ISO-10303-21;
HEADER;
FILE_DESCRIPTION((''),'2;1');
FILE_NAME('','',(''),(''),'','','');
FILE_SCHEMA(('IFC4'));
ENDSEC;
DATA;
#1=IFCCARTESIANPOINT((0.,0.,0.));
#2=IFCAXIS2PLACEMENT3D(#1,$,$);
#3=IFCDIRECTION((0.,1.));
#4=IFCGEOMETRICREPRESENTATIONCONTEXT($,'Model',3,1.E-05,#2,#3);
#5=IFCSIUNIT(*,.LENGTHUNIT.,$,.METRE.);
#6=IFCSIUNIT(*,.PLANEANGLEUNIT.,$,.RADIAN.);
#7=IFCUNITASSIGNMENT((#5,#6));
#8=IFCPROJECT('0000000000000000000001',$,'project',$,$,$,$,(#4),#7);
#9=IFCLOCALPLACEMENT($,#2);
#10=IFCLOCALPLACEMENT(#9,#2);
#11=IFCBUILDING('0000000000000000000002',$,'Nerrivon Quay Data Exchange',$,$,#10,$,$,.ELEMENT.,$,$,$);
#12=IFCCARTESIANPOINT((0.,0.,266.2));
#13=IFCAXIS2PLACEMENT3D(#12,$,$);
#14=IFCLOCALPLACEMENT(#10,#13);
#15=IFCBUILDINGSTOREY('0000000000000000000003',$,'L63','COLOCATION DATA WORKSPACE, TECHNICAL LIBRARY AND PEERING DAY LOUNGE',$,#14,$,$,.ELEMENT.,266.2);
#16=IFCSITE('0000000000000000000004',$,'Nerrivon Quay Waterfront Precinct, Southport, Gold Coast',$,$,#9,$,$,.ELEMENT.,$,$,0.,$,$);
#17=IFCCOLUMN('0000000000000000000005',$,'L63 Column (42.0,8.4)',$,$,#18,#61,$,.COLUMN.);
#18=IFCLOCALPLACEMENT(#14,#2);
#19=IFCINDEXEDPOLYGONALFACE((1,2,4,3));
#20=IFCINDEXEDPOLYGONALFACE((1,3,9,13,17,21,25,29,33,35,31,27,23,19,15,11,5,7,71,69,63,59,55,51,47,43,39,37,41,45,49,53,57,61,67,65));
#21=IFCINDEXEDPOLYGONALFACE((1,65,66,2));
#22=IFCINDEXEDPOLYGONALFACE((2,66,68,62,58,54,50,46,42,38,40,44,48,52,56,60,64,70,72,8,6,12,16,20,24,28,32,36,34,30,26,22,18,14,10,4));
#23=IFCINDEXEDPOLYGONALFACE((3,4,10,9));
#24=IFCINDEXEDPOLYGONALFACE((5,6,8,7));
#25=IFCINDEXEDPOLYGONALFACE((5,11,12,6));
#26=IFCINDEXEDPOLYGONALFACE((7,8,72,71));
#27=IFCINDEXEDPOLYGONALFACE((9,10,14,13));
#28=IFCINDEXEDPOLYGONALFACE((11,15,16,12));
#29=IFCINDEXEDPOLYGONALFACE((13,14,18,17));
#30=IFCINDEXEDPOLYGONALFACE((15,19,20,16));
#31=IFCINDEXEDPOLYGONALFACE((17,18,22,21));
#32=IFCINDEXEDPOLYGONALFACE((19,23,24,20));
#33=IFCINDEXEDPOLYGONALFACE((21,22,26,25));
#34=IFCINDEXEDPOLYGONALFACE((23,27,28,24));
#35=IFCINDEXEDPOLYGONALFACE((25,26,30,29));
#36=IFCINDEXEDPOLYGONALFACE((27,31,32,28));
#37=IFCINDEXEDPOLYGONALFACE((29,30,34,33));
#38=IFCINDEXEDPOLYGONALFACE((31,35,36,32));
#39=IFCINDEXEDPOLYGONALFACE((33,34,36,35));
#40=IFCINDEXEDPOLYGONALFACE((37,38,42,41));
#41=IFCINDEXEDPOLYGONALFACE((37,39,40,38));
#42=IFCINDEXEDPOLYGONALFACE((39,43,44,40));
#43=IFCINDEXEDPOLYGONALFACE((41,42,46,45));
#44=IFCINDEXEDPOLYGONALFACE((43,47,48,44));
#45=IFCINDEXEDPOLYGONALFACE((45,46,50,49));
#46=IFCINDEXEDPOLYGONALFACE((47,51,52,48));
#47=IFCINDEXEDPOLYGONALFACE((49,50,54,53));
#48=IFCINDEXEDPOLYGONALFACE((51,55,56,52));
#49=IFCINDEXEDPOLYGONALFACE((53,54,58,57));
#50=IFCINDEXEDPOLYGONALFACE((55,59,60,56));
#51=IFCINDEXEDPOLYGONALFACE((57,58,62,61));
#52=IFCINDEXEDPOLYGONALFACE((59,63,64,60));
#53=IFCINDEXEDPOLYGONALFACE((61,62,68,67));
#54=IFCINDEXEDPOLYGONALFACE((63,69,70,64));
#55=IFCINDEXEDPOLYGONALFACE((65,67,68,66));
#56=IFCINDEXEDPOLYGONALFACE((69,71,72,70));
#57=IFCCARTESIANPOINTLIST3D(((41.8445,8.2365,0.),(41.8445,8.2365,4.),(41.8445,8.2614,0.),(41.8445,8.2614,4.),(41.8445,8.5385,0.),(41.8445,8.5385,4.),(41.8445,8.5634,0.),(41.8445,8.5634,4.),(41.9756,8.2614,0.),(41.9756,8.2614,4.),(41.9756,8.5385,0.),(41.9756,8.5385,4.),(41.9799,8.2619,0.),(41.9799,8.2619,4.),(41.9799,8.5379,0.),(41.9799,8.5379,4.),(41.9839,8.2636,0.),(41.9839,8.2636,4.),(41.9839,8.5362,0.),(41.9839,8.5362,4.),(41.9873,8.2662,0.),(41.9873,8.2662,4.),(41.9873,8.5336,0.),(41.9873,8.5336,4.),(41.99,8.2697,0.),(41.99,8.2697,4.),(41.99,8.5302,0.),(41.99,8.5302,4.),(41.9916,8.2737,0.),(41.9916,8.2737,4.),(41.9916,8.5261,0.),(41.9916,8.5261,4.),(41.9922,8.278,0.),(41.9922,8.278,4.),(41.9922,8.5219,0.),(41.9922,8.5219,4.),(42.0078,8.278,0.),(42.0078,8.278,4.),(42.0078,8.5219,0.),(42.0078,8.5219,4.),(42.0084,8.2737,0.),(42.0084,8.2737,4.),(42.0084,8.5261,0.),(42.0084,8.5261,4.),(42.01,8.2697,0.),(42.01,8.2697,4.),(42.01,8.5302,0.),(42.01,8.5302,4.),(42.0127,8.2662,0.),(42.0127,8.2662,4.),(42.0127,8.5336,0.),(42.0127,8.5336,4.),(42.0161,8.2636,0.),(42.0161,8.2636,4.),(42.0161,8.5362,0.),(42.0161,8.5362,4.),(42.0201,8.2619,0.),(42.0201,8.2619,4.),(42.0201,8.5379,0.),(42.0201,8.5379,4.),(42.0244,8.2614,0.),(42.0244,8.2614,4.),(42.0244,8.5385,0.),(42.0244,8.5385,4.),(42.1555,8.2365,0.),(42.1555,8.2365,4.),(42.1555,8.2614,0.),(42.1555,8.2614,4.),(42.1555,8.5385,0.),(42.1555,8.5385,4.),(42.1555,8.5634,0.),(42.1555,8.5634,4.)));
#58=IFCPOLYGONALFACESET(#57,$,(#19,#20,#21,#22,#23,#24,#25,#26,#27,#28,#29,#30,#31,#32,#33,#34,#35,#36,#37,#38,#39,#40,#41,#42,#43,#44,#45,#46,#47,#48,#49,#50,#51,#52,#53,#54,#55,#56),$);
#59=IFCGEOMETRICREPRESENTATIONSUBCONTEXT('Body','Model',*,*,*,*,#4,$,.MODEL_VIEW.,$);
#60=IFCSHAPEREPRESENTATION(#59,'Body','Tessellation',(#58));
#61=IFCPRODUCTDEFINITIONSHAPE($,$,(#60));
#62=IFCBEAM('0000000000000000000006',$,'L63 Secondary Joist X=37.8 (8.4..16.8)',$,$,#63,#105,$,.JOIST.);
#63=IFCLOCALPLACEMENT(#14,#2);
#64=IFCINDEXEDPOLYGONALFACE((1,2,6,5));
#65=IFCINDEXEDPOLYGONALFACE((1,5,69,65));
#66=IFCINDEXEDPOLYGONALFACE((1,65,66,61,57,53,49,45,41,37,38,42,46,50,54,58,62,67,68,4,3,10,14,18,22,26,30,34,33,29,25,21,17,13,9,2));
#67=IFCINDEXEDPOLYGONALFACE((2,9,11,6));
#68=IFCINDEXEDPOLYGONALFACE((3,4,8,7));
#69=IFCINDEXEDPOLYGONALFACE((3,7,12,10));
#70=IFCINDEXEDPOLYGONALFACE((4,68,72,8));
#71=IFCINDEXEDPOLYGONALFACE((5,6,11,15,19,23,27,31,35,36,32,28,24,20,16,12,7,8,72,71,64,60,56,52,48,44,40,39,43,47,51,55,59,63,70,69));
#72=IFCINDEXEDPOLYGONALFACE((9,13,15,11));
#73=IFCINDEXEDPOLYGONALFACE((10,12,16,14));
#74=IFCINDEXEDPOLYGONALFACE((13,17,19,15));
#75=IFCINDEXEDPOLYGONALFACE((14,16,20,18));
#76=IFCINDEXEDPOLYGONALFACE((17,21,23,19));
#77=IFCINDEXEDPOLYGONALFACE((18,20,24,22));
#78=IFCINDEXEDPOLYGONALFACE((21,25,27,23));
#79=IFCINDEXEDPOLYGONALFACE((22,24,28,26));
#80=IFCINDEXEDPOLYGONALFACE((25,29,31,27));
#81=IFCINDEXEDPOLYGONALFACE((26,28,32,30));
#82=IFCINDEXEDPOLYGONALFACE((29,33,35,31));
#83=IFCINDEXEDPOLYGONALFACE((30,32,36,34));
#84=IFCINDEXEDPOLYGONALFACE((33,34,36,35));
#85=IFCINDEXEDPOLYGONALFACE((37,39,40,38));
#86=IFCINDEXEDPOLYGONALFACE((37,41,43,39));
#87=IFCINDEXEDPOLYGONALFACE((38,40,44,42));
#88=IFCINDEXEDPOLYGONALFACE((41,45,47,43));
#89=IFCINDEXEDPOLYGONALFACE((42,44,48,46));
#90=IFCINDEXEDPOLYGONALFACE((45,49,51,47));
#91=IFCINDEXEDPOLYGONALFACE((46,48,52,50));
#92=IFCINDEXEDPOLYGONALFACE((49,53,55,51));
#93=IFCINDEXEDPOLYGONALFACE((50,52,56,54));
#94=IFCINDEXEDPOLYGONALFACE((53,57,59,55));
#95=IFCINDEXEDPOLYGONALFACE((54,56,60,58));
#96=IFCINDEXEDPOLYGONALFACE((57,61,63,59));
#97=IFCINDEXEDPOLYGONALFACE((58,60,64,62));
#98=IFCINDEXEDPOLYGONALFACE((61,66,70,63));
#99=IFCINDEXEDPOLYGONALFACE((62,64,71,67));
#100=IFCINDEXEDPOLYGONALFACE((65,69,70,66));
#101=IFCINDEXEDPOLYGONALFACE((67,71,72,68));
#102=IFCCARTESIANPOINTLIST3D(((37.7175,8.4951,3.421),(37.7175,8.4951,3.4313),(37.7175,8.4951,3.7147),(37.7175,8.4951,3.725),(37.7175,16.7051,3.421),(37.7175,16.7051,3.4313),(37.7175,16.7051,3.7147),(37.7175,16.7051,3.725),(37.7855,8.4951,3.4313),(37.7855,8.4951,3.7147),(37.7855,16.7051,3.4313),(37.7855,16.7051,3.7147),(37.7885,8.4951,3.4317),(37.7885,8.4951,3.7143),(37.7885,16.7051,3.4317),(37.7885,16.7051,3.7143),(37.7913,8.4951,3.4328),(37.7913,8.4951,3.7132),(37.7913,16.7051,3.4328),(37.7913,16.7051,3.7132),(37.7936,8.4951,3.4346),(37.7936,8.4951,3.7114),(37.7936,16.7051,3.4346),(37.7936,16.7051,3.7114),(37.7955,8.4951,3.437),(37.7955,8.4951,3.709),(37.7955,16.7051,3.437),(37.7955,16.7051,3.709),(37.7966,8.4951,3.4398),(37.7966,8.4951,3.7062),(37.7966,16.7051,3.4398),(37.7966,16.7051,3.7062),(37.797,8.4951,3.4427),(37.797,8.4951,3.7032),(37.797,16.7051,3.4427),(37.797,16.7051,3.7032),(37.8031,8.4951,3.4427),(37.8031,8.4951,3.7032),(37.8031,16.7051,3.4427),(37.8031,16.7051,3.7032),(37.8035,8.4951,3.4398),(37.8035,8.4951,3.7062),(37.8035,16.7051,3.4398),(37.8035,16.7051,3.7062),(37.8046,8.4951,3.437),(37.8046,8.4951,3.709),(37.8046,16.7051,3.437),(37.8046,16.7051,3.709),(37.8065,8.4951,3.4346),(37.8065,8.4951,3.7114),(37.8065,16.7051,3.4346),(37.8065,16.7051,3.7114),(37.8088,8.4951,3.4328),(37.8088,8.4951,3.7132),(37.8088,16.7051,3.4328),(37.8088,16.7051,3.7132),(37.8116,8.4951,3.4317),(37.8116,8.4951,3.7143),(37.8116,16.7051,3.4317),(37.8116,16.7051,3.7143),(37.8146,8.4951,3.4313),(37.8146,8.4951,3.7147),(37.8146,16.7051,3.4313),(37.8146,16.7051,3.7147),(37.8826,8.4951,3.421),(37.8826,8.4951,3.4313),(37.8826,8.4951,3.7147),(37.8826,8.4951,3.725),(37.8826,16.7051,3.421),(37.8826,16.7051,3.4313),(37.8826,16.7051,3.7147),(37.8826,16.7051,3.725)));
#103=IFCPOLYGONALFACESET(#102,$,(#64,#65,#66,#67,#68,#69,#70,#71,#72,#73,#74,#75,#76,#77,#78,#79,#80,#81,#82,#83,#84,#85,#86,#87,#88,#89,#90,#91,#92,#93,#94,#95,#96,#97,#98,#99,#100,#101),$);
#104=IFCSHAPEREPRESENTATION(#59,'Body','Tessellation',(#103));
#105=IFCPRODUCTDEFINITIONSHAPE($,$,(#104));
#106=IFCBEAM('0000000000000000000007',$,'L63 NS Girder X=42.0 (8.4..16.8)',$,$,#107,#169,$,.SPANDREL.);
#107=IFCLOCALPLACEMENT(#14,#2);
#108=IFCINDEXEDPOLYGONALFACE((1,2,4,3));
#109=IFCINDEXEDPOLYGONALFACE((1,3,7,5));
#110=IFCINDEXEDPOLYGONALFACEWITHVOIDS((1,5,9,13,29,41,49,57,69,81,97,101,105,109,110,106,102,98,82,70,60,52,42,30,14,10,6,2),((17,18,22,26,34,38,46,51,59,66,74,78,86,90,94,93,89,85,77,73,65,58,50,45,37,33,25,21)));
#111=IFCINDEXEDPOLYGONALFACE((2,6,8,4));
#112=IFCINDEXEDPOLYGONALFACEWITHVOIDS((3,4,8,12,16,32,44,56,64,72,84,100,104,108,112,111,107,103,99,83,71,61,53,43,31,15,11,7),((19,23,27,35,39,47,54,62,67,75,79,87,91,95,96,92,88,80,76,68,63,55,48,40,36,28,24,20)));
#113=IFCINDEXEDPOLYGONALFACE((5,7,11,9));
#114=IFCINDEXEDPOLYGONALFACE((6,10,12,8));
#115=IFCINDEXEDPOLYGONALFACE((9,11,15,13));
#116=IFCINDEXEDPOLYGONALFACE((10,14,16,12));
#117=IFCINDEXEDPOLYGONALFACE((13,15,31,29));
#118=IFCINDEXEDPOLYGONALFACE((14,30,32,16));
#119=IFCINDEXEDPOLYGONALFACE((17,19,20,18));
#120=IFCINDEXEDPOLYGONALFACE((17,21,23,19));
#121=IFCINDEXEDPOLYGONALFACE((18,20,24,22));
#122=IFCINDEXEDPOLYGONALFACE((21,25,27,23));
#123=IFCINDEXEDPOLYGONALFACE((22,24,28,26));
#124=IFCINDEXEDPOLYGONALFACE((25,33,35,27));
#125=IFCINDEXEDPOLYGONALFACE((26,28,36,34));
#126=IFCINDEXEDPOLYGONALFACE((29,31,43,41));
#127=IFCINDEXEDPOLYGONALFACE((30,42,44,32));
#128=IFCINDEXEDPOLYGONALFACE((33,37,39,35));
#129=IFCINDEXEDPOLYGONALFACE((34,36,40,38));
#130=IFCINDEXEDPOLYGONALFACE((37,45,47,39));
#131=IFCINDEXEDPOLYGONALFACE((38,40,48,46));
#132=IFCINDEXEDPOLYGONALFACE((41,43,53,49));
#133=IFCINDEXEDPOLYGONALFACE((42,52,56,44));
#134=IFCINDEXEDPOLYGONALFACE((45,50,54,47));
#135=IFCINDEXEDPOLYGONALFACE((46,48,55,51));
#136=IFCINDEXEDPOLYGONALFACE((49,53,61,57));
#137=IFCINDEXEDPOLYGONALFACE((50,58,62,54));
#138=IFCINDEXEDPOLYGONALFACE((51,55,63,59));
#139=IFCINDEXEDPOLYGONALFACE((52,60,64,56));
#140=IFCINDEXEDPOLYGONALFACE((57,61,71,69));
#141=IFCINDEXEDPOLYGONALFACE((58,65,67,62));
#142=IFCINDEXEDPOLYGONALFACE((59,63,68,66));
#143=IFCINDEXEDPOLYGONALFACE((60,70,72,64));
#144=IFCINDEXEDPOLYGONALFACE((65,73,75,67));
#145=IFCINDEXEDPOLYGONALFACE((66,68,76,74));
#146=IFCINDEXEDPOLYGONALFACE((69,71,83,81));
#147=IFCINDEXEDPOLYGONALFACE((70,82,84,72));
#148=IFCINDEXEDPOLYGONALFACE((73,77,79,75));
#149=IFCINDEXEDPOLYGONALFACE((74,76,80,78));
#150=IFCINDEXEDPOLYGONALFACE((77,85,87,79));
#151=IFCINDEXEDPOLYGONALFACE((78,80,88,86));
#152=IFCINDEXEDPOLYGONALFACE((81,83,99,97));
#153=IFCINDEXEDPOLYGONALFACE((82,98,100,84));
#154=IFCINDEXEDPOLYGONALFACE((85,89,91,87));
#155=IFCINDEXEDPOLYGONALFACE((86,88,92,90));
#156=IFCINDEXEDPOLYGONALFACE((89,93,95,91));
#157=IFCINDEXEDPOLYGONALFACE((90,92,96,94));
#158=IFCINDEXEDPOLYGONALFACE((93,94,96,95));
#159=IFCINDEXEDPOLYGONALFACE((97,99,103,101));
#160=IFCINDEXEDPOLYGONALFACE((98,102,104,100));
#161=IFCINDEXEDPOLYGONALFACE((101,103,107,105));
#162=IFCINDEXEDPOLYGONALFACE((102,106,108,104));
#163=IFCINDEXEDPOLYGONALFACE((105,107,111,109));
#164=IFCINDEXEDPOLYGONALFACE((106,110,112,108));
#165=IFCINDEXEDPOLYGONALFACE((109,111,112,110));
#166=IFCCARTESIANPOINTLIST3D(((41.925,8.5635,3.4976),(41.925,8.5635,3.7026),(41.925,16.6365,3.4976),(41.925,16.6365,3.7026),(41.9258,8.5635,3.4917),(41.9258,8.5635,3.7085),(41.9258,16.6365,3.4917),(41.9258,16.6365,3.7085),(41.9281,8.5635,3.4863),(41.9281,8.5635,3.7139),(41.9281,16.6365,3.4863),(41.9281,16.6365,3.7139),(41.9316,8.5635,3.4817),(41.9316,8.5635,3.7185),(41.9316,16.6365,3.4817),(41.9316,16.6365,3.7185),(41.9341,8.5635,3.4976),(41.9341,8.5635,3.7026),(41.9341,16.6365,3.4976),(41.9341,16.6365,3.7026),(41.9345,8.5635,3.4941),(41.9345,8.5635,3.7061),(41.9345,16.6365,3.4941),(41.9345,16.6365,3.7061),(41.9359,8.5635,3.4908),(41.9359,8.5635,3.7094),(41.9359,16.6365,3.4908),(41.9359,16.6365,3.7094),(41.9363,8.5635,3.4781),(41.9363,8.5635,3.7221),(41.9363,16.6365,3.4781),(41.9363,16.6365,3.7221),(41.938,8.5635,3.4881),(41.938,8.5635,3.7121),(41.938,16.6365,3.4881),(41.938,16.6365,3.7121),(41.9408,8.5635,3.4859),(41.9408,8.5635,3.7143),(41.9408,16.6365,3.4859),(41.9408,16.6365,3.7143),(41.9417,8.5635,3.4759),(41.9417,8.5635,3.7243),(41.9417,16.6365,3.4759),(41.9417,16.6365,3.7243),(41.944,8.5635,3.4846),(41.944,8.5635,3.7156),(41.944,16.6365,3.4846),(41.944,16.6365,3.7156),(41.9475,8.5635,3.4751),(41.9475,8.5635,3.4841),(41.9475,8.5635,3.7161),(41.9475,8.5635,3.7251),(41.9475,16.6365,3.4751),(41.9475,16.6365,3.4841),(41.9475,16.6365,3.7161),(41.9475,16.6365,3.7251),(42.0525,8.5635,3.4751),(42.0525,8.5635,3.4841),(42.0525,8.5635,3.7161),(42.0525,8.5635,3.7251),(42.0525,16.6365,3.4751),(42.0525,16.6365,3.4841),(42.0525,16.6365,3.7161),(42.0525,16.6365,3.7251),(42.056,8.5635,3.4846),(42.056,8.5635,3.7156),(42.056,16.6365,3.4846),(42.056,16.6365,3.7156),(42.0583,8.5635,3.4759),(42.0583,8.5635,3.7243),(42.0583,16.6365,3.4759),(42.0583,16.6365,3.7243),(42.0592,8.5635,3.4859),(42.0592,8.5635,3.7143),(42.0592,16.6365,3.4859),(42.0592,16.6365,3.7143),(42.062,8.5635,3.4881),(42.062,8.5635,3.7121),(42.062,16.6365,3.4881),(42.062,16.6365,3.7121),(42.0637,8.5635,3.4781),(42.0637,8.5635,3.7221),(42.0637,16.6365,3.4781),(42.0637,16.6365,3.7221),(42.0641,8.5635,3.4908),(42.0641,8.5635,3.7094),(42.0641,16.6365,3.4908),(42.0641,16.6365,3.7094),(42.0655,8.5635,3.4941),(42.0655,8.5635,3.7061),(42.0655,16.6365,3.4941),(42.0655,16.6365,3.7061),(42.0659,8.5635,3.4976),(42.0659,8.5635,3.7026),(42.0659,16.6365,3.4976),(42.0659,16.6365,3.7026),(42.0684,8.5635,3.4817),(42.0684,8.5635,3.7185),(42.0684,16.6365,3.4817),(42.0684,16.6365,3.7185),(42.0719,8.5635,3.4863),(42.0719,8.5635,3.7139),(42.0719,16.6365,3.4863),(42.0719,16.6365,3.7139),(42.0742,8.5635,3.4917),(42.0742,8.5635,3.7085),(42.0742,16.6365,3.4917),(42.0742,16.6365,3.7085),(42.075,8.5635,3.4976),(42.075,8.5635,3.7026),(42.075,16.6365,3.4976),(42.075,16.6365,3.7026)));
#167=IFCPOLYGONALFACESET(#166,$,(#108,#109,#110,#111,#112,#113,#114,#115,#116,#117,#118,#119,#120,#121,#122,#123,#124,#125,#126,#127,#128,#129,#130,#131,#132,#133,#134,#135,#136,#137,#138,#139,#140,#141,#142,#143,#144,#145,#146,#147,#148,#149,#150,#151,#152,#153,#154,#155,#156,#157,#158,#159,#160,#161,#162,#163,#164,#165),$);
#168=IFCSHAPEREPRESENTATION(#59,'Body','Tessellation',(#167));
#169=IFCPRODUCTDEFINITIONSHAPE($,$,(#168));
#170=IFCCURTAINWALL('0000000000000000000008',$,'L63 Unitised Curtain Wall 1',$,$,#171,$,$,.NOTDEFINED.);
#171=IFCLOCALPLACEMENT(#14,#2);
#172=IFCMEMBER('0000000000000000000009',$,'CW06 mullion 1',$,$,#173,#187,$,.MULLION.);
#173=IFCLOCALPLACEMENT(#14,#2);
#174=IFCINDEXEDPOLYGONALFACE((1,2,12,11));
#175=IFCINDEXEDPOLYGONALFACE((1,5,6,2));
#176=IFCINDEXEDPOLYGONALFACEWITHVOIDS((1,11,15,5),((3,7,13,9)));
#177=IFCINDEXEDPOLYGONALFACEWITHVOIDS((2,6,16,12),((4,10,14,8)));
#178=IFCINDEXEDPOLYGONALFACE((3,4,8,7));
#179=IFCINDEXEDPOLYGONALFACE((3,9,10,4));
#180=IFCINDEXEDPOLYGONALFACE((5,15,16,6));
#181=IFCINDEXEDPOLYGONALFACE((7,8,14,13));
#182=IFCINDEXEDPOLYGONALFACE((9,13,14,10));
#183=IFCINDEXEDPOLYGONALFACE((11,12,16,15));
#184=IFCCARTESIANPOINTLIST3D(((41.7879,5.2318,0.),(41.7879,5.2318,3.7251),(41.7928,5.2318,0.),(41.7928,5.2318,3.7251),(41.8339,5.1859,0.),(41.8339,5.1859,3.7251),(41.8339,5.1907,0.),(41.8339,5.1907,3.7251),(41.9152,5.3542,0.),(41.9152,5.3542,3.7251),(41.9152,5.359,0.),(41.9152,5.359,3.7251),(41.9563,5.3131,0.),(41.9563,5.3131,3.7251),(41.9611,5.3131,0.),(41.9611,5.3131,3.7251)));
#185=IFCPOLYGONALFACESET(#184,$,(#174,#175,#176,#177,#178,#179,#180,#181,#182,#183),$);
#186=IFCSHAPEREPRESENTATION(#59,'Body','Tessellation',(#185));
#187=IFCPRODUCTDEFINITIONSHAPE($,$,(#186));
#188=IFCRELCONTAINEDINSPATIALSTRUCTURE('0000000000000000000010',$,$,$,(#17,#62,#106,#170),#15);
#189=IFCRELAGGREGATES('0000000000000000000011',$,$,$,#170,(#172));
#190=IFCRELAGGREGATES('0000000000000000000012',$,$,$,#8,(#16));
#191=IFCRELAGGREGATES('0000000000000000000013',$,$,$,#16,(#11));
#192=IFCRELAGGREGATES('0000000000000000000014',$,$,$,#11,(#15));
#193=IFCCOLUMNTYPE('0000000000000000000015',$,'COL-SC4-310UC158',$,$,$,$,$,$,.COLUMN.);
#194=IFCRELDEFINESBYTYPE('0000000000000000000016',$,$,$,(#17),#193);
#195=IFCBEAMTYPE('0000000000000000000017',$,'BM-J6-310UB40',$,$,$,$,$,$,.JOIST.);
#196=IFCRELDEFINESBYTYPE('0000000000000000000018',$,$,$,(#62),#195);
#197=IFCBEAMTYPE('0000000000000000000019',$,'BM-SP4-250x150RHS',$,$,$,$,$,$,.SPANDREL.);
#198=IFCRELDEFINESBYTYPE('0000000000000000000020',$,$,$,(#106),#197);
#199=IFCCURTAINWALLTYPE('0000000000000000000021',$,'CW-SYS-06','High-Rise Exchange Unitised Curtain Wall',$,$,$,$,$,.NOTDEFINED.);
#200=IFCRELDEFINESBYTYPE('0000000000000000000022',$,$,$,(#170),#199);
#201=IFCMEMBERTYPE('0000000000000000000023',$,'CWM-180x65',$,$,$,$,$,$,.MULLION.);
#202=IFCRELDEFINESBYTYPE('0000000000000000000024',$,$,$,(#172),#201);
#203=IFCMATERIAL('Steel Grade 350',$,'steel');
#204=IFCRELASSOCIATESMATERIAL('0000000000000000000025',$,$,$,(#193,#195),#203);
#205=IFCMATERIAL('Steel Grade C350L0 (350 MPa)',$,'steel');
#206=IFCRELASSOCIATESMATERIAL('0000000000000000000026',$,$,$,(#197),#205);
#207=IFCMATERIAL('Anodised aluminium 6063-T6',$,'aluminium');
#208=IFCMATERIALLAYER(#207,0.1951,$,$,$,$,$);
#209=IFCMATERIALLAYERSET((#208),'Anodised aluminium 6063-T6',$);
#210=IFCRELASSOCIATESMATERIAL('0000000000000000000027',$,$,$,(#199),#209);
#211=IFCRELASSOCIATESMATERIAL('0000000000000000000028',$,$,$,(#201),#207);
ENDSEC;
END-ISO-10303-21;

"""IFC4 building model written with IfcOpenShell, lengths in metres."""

from ifc_helpers import new_model, si_unit, direction, frame, origin, origin_2d, place, context, subcontext, project, spatial, hollow_rectangle, i_section, extrude, material, layer, layer_set, material_profile, profile_set, type_object, element, aggregate, save


model = new_model("IFC4")

# Units and contexts
model_context = context("Model", 3, precision=1e-05, world=origin(), true_north=direction((0.0, 1.0)))
body_context = subcontext(model_context, "Body", "Model", "MODEL_VIEW")
ifc_project = project(units=[si_unit("LENGTHUNIT", "METRE"), si_unit("PLANEANGLEUNIT", "RADIAN")], contexts=[model_context])

# Site, building, storey
site_placement = place(None, origin())
site = spatial("IfcSite", under=ifc_project, at=site_placement, Name="Nerrivon Quay Waterfront Precinct, Southport, Gold Coast", CompositionType="ELEMENT", RefElevation=0.0)
building_placement = place(site_placement, origin())
building = spatial("IfcBuilding", under=site, at=building_placement, Name="Nerrivon Quay Data Exchange", CompositionType="ELEMENT")
storey_placement = place(building_placement, frame((0.0, 0.0, 266.2)))
storey = spatial("IfcBuildingStorey", under=building, at=storey_placement, Name="L63", Description="COLOCATION DATA WORKSPACE, TECHNICAL LIBRARY AND PEERING DAY LOUNGE", CompositionType="ELEMENT", Elevation=266.2)

# Column
ifc_material_1 = material(Name="Steel Grade 350", Category="steel")
ifc_material_profile_1 = material_profile(ifc_material_1, i_section(OverallWidth=0.311, OverallDepth=0.3269, WebThickness=0.0156, FlangeThickness=0.0249, FilletRadius=0.0166, at=origin_2d()), Name="310UC158")
ifc_profile_set_1 = profile_set([ifc_material_profile_1], Name="Steel Grade 350")
column_type = type_object("IfcColumnType", Name="COL-SC4-310UC158", PredefinedType="COLUMN", material=ifc_profile_set_1)
column_placement = place(storey_placement, frame((42.0, 8.3999, 0.0), z_axis=(0.0, 0.0, 1.0), x_axis=(1.0, 0.0, 0.0)))
element("IfcColumn", 1, at=column_placement, inside=storey, type_object=column_type, Name="L63 Column (42.0,8.4)", PredefinedType="COLUMN", context=body_context, shape_type="SweptSolid", body=[
    extrude(i_section(OverallWidth=0.311, OverallDepth=0.3269, WebThickness=0.0156, FlangeThickness=0.0249, FilletRadius=0.0166, at=origin_2d()), origin(), (0.0, 0.0, 1.0), 4.0),
])

# Beams
ifc_material_profile_2 = material_profile(ifc_material_1, i_section(OverallWidth=0.165, OverallDepth=0.304, WebThickness=0.0061, FlangeThickness=0.0103, FilletRadius=0.0115, at=origin_2d()), Name="310UB40.4")
ifc_profile_set_2 = profile_set([ifc_material_profile_2], Name="Steel Grade 350")
beam_type_1 = type_object("IfcBeamType", Name="BM-J6-310UB40", PredefinedType="JOIST", material=ifc_profile_set_2)
beam_1_placement = place(storey_placement, frame((37.8, 8.4951, 3.573), z_axis=(0.0, 1.0, 0.0), x_axis=(-1.0, 0.0, 0.0)))
element("IfcBeam", 2, at=beam_1_placement, inside=storey, type_object=beam_type_1, Name="L63 Secondary Joist X=37.8 (8.4..16.8)", PredefinedType="JOIST", context=body_context, shape_type="SweptSolid", body=[
    extrude(i_section(OverallWidth=0.165, OverallDepth=0.304, WebThickness=0.0061, FlangeThickness=0.0103, FilletRadius=0.0115, at=origin_2d()), origin(), (0.0, 0.0, 1.0), 8.21),
])
ifc_material_2 = material(Name="Steel Grade C350L0 (350 MPa)", Category="steel")
ifc_material_profile_3 = material_profile(ifc_material_2, hollow_rectangle(XDim=0.1499, YDim=0.25, WallThickness=0.009, InnerFilletRadius=0.0134, OuterFilletRadius=0.0225, at=origin_2d()), Name="250x150x9.0RHS")
ifc_profile_set_3 = profile_set([ifc_material_profile_3], Name="Steel Grade C350L0 (350 MPa)")
beam_type_2 = type_object("IfcBeamType", Name="BM-SP4-250x150RHS", PredefinedType="SPANDREL", material=ifc_profile_set_3)
beam_2_placement = place(storey_placement, frame((42.0, 8.5635, 3.6001), z_axis=(0.0, 1.0, 0.0), x_axis=(-1.0, 0.0, 0.0)))
element("IfcBeam", 3, at=beam_2_placement, inside=storey, type_object=beam_type_2, Name="L63 NS Girder X=42.0 (8.4..16.8)", PredefinedType="SPANDREL", context=body_context, shape_type="SweptSolid", body=[
    extrude(hollow_rectangle(XDim=0.1499, YDim=0.25, WallThickness=0.009, InnerFilletRadius=0.0134, OuterFilletRadius=0.0225, at=origin_2d()), origin(), (0.0, 0.0, 1.0), 8.073),
])

# Curtain wall, member
ifc_material_3 = material(Name="Anodised aluminium 6063-T6", Category="aluminium")
ifc_layer_1 = layer(ifc_material_3, 0.1951)
ifc_layer_set_1 = layer_set([ifc_layer_1], Name="Anodised aluminium 6063-T6")
curtain_wall_type = type_object("IfcCurtainWallType", Name="CW-SYS-06", Description="High-Rise Exchange Unitised Curtain Wall", PredefinedType="NOTDEFINED", material=ifc_layer_set_1)
curtain_wall_1_placement = place(storey_placement, origin())
curtain_wall_1 = element("IfcCurtainWall", 4, at=curtain_wall_1_placement, inside=storey, type_object=curtain_wall_type, Name="L63 Unitised Curtain Wall 1", PredefinedType="NOTDEFINED")
ifc_material_profile_4 = material_profile(ifc_material_3, hollow_rectangle(XDim=0.0649, YDim=0.1799, WallThickness=0.0034, at=origin_2d()), Name="ALU-MULL-180x65")
ifc_profile_set_4 = profile_set([ifc_material_profile_4], Name="Anodised aluminium 6063-T6")
member_type_1 = type_object("IfcMemberType", Name="CWM-180x65", PredefinedType="MULLION", material=ifc_profile_set_4)
member_1_placement = place(storey_placement, frame((41.8745, 5.2725, 0.0), z_axis=(0.0, 0.0, 1.0), x_axis=(0.707107, -0.707107, 0.0)))
member_1 = element("IfcMember", 5, at=member_1_placement, type_object=member_type_1, Name="CW06 mullion 1", PredefinedType="MULLION", context=body_context, shape_type="SweptSolid", body=[
    extrude(hollow_rectangle(XDim=0.0649, YDim=0.1799, WallThickness=0.0034, at=origin_2d()), origin(), (0.0, 0.0, 1.0), 3.7251),
])

aggregate(curtain_wall_1, [member_1])

save(model, "model.ifc")
